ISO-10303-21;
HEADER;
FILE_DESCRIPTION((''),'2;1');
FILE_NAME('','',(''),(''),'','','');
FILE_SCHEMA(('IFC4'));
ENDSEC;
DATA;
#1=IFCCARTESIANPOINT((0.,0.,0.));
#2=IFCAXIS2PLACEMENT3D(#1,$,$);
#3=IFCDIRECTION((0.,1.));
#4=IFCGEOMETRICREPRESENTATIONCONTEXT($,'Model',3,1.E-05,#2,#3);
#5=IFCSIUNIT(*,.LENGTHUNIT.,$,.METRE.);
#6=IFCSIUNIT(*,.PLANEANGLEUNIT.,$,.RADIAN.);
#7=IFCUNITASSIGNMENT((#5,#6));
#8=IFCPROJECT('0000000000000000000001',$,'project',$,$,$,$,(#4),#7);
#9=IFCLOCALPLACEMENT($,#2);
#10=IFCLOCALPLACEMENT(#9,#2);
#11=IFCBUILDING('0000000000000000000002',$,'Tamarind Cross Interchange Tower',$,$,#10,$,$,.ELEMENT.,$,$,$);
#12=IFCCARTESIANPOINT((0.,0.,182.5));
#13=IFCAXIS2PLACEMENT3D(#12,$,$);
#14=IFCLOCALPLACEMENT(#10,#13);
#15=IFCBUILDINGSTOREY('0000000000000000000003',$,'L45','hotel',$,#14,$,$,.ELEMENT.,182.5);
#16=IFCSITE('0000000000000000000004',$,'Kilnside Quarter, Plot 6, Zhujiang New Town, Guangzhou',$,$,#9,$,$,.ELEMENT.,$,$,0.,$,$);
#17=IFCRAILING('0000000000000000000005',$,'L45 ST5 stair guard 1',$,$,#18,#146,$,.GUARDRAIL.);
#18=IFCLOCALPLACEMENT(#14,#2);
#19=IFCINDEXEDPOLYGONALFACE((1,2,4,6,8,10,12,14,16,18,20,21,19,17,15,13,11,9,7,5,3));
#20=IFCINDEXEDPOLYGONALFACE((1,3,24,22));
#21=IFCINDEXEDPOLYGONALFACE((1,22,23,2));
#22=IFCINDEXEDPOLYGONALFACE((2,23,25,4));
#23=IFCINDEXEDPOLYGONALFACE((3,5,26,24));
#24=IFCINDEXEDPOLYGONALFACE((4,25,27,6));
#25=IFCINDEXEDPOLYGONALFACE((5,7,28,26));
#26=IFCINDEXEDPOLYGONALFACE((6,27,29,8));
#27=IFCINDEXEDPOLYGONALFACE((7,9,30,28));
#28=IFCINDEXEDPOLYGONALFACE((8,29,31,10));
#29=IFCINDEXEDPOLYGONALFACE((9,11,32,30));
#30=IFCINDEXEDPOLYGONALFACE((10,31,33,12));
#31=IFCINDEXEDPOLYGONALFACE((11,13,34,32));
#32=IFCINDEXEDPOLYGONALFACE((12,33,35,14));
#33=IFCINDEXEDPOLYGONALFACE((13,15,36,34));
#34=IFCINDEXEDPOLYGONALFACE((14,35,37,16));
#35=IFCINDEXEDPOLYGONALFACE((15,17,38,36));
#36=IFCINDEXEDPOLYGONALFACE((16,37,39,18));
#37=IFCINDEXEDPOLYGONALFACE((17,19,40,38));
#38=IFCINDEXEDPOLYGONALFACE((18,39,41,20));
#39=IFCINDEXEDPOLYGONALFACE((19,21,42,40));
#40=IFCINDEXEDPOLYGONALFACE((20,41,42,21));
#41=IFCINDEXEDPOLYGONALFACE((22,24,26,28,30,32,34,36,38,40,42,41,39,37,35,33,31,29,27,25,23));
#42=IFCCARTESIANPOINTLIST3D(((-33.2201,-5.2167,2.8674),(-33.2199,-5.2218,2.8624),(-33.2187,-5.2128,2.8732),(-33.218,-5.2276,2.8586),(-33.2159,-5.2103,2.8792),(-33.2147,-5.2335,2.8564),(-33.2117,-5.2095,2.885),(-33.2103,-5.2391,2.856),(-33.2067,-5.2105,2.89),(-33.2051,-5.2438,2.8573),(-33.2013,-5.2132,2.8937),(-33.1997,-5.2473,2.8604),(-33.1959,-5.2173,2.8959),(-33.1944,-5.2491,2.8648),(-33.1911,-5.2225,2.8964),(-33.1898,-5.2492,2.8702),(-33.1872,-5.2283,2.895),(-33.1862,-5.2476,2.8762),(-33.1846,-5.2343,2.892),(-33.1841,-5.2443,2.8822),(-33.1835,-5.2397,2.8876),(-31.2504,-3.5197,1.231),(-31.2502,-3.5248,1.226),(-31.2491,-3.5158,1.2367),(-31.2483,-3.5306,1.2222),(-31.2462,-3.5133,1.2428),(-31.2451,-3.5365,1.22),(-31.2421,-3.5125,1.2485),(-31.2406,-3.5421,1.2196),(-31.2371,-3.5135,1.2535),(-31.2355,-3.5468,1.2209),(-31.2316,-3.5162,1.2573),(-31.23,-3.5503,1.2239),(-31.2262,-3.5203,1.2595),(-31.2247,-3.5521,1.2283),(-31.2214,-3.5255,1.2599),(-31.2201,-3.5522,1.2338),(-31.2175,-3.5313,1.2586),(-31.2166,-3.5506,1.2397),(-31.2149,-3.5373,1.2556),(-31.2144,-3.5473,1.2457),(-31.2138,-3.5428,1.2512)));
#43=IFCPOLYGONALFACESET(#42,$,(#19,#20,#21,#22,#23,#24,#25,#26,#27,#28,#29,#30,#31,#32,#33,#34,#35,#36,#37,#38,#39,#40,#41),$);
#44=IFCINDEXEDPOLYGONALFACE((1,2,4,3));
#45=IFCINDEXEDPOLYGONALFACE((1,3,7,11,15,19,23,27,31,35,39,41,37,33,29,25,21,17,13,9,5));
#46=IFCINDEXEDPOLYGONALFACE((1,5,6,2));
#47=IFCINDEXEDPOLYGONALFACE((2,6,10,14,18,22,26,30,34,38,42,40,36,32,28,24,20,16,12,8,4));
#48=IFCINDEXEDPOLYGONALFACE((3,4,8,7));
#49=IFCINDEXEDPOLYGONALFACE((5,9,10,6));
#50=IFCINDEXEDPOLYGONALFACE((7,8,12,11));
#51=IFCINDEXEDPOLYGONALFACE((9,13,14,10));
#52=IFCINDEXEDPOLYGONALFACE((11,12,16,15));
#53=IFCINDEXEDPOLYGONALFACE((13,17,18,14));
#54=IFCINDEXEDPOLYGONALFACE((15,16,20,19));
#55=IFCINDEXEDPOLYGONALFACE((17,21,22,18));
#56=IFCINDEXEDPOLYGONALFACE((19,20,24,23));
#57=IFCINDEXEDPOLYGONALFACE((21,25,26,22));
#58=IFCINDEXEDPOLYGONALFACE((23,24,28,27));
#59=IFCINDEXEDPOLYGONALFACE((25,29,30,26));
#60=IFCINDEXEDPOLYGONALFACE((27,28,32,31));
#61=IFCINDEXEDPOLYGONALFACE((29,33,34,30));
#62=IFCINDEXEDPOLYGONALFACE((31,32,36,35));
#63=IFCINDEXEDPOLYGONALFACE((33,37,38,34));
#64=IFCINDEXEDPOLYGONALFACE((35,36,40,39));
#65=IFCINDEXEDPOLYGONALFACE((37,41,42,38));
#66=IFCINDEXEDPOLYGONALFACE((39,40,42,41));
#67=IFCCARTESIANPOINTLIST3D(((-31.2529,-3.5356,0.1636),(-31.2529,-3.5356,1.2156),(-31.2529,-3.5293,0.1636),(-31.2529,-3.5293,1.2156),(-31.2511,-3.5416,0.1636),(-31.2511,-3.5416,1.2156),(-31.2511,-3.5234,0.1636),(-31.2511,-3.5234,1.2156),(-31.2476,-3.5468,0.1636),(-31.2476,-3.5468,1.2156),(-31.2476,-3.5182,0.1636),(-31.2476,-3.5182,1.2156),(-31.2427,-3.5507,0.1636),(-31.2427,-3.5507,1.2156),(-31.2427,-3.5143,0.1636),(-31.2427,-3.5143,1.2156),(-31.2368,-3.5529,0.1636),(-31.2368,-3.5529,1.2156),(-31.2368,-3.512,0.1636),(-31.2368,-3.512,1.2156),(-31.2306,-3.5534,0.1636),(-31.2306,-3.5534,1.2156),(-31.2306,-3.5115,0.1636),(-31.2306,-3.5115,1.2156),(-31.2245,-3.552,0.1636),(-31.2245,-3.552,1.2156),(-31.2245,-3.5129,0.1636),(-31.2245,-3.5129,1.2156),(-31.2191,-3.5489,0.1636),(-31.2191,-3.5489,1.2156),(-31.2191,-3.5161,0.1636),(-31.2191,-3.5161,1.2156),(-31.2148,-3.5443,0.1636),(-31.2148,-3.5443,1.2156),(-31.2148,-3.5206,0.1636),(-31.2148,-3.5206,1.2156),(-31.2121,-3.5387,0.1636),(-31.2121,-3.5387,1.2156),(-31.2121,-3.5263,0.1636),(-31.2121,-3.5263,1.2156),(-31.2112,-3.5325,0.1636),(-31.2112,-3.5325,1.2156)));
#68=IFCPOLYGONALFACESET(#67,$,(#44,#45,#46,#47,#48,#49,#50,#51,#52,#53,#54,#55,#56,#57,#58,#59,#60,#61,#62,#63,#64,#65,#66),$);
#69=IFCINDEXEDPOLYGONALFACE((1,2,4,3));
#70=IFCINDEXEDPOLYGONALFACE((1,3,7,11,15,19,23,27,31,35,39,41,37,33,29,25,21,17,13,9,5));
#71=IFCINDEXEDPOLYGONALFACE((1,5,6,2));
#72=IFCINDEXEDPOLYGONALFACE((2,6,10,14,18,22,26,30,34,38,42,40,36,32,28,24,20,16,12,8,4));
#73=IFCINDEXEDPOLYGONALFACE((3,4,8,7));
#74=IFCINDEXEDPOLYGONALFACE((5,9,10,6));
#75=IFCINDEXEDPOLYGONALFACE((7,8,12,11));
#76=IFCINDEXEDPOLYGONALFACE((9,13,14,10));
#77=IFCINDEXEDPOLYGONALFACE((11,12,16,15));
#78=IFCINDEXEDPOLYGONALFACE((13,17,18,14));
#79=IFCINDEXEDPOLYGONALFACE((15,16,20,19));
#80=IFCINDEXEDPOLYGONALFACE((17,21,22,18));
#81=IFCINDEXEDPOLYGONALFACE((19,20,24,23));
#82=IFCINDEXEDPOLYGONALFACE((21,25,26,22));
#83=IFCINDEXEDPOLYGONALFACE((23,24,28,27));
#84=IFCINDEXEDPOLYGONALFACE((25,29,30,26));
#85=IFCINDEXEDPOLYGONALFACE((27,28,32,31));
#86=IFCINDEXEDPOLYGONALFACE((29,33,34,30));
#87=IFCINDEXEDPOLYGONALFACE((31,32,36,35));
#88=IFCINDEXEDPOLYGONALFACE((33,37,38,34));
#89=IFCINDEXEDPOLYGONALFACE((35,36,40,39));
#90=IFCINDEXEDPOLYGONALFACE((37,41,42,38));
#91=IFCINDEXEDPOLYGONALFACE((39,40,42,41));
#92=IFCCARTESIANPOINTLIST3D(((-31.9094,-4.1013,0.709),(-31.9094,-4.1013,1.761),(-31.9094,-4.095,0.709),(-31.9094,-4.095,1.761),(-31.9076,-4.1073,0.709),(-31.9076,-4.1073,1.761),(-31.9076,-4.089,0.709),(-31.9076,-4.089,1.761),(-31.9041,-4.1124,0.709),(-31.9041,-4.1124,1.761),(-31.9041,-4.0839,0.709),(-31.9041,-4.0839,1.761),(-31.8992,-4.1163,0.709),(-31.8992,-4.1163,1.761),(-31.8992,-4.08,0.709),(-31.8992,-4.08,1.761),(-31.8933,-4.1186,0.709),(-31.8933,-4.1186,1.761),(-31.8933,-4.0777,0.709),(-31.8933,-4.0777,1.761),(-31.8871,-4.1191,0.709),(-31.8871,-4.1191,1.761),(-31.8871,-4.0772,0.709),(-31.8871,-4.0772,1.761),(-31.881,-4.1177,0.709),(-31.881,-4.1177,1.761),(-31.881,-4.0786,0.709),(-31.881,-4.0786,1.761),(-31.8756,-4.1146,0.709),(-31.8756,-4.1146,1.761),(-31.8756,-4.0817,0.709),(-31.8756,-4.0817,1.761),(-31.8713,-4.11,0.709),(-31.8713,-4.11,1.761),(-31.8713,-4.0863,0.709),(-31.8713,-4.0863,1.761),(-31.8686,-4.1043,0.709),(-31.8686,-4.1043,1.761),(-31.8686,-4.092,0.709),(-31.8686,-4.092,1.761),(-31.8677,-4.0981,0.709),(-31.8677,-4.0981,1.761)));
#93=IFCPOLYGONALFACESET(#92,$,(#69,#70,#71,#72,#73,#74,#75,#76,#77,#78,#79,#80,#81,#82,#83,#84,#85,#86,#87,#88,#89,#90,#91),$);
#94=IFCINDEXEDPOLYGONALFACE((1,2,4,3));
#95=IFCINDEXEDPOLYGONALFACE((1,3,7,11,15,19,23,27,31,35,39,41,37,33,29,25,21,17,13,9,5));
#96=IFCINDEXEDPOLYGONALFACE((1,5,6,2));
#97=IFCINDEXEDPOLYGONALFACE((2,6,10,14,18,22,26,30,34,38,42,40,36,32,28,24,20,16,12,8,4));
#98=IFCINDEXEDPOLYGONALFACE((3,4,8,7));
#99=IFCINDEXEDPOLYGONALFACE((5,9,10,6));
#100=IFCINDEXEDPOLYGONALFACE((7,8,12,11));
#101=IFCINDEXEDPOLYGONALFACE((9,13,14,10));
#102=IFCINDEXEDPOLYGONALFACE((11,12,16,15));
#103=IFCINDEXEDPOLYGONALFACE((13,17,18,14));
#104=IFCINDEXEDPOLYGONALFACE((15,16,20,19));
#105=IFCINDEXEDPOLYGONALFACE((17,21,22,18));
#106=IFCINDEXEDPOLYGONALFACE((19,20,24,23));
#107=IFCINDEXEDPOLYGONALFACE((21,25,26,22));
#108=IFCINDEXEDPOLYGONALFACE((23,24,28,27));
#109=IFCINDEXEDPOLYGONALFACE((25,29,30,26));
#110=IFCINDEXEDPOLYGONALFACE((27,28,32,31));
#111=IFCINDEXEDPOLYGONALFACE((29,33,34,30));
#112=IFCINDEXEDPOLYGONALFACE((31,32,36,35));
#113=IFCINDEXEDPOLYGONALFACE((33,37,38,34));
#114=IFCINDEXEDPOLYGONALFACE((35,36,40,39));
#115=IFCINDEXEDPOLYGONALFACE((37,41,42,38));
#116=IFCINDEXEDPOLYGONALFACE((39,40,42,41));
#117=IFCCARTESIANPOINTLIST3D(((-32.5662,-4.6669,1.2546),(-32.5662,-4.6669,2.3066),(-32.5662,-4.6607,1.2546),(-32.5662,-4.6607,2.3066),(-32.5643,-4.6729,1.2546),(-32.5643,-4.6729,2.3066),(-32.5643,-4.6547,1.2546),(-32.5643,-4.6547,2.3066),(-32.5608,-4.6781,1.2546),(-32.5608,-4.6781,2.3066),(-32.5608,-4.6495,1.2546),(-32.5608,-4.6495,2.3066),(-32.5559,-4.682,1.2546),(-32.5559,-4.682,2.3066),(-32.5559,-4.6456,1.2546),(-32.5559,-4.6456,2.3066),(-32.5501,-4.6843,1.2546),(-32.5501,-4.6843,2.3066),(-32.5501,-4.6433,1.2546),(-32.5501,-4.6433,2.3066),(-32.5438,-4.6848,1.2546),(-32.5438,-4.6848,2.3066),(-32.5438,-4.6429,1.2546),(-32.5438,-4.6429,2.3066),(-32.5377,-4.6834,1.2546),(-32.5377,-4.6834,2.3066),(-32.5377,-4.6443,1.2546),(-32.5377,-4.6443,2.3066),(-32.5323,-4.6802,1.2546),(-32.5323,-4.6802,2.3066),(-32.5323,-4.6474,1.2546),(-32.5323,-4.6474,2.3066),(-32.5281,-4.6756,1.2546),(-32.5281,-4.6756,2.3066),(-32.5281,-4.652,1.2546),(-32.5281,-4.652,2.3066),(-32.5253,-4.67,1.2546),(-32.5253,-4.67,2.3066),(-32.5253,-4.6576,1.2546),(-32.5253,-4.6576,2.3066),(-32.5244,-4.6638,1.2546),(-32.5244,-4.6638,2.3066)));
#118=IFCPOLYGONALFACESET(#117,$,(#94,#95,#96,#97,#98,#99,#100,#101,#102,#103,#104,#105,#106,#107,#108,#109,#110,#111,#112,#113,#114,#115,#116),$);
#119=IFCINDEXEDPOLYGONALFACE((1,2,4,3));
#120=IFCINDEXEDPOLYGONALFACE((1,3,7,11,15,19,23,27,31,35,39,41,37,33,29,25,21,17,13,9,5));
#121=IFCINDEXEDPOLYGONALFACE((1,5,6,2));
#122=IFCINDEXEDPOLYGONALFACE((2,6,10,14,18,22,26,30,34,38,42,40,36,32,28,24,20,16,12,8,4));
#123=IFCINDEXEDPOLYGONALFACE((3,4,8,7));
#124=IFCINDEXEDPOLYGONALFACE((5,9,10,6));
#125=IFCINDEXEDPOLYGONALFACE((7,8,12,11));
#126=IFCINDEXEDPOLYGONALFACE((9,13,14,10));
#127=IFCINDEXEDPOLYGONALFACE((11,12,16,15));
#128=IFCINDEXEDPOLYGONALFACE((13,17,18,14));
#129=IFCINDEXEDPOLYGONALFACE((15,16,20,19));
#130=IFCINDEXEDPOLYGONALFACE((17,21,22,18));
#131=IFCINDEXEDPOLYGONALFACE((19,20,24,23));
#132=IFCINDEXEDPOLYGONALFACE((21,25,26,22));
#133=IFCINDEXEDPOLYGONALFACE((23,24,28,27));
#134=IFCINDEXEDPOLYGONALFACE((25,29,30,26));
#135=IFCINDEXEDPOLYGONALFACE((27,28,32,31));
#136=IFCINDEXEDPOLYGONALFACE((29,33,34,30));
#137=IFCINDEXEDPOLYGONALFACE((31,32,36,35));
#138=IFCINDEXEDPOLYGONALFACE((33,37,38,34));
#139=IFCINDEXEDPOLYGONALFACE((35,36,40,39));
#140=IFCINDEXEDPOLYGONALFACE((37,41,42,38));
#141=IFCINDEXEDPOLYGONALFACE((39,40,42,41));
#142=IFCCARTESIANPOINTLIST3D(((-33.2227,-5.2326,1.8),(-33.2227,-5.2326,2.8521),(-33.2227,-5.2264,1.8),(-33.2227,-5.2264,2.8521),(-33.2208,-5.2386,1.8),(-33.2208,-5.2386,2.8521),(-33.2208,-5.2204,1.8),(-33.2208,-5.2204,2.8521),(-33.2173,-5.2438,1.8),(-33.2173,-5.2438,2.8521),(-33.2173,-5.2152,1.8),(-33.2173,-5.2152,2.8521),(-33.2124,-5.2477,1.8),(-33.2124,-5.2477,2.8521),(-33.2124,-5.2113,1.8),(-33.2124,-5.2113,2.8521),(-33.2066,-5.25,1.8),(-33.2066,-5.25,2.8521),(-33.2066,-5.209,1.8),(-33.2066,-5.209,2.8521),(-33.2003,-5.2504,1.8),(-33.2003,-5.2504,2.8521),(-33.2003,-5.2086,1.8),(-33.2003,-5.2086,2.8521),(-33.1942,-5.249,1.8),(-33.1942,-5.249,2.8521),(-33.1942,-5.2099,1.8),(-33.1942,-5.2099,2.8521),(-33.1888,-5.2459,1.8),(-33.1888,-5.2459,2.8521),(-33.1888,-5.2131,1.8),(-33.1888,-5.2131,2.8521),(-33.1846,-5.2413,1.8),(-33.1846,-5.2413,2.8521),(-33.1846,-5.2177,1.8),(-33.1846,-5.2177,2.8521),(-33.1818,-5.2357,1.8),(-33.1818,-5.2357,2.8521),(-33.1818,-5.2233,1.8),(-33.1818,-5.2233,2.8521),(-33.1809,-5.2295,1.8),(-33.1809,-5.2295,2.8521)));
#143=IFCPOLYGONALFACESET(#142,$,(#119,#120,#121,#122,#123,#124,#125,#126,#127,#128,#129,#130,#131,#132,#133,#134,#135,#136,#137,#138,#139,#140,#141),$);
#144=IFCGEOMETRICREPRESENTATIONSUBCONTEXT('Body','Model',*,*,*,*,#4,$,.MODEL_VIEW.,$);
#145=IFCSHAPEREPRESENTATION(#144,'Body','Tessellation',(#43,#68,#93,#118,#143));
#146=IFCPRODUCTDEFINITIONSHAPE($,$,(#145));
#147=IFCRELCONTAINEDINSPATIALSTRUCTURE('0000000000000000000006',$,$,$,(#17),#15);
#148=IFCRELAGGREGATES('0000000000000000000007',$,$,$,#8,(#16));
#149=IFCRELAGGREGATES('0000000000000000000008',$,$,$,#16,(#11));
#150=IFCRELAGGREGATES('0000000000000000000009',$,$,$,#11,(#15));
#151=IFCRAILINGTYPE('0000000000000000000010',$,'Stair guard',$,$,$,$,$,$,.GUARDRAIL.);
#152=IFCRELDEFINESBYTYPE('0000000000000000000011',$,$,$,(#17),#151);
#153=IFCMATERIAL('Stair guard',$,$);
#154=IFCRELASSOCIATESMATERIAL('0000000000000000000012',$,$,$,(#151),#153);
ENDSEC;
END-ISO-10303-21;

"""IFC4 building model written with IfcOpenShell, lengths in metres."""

from ifc_helpers import new_model, si_unit, direction, frame, origin, origin_2d, place, context, subcontext, project, spatial, circle, extrude, material, type_object, element, save


model = new_model("IFC4")

# Units and contexts
model_context = context("Model", 3, precision=1e-05, world=origin(), true_north=direction((0.0, 1.0)))
body_context = subcontext(model_context, "Body", "Model", "MODEL_VIEW")
ifc_project = project(units=[si_unit("LENGTHUNIT", "METRE"), si_unit("PLANEANGLEUNIT", "RADIAN")], contexts=[model_context])

# Site, building, storey
site_placement = place(None, origin())
site = spatial("IfcSite", under=ifc_project, at=site_placement, Name="Kilnside Quarter, Plot 6, Zhujiang New Town, Guangzhou", CompositionType="ELEMENT", RefElevation=0.0)
building_placement = place(site_placement, origin())
building = spatial("IfcBuilding", under=site, at=building_placement, Name="Tamarind Cross Interchange Tower", CompositionType="ELEMENT")
storey_placement = place(building_placement, frame((0.0, 0.0, 182.5)))
storey = spatial("IfcBuildingStorey", under=building, at=storey_placement, Name="L45", Description="hotel", CompositionType="ELEMENT", Elevation=182.5)

# Railing
ifc_material_1 = material(Name="Stair guard")
railing_type_1 = type_object("IfcRailingType", Name="Stair guard", PredefinedType="GUARDRAIL", material=ifc_material_1)
railing_1_placement = place(storey_placement, frame((-31.2322, -3.5325, 0.1636)))
element("IfcRailing", 1, at=railing_1_placement, inside=storey, type_object=railing_type_1, Name="L45 ST5 stair guard 1", PredefinedType="GUARDRAIL", context=body_context, shape_type="SweptSolid", body=[
    extrude(circle(Radius=0.0239, at=origin_2d()), frame((0.0, 0.0, 1.0762), z_axis=(-0.641168, -0.552399, 0.53269), x_axis=(0.652715, -0.757604, 0.0)), (0.0, 0.0, 1.0), 3.072),
    extrude(circle(Radius=0.021, at=origin_2d()), origin(), (0.0, 0.0, 1.0), 1.052),
    extrude(circle(Radius=0.021, at=origin_2d()), frame((-0.6565, -0.5657, 0.5454)), (0.0, 0.0, 1.0), 1.052),
    extrude(circle(Radius=0.021, at=origin_2d()), frame((-1.3132, -1.1313, 1.0911)), (0.0, 0.0, 1.0), 1.052),
    extrude(circle(Radius=0.021, at=origin_2d()), frame((-1.9697, -1.697, 1.6365)), (0.0, 0.0, 1.0), 1.052),
])

save(model, "model.ifc")
